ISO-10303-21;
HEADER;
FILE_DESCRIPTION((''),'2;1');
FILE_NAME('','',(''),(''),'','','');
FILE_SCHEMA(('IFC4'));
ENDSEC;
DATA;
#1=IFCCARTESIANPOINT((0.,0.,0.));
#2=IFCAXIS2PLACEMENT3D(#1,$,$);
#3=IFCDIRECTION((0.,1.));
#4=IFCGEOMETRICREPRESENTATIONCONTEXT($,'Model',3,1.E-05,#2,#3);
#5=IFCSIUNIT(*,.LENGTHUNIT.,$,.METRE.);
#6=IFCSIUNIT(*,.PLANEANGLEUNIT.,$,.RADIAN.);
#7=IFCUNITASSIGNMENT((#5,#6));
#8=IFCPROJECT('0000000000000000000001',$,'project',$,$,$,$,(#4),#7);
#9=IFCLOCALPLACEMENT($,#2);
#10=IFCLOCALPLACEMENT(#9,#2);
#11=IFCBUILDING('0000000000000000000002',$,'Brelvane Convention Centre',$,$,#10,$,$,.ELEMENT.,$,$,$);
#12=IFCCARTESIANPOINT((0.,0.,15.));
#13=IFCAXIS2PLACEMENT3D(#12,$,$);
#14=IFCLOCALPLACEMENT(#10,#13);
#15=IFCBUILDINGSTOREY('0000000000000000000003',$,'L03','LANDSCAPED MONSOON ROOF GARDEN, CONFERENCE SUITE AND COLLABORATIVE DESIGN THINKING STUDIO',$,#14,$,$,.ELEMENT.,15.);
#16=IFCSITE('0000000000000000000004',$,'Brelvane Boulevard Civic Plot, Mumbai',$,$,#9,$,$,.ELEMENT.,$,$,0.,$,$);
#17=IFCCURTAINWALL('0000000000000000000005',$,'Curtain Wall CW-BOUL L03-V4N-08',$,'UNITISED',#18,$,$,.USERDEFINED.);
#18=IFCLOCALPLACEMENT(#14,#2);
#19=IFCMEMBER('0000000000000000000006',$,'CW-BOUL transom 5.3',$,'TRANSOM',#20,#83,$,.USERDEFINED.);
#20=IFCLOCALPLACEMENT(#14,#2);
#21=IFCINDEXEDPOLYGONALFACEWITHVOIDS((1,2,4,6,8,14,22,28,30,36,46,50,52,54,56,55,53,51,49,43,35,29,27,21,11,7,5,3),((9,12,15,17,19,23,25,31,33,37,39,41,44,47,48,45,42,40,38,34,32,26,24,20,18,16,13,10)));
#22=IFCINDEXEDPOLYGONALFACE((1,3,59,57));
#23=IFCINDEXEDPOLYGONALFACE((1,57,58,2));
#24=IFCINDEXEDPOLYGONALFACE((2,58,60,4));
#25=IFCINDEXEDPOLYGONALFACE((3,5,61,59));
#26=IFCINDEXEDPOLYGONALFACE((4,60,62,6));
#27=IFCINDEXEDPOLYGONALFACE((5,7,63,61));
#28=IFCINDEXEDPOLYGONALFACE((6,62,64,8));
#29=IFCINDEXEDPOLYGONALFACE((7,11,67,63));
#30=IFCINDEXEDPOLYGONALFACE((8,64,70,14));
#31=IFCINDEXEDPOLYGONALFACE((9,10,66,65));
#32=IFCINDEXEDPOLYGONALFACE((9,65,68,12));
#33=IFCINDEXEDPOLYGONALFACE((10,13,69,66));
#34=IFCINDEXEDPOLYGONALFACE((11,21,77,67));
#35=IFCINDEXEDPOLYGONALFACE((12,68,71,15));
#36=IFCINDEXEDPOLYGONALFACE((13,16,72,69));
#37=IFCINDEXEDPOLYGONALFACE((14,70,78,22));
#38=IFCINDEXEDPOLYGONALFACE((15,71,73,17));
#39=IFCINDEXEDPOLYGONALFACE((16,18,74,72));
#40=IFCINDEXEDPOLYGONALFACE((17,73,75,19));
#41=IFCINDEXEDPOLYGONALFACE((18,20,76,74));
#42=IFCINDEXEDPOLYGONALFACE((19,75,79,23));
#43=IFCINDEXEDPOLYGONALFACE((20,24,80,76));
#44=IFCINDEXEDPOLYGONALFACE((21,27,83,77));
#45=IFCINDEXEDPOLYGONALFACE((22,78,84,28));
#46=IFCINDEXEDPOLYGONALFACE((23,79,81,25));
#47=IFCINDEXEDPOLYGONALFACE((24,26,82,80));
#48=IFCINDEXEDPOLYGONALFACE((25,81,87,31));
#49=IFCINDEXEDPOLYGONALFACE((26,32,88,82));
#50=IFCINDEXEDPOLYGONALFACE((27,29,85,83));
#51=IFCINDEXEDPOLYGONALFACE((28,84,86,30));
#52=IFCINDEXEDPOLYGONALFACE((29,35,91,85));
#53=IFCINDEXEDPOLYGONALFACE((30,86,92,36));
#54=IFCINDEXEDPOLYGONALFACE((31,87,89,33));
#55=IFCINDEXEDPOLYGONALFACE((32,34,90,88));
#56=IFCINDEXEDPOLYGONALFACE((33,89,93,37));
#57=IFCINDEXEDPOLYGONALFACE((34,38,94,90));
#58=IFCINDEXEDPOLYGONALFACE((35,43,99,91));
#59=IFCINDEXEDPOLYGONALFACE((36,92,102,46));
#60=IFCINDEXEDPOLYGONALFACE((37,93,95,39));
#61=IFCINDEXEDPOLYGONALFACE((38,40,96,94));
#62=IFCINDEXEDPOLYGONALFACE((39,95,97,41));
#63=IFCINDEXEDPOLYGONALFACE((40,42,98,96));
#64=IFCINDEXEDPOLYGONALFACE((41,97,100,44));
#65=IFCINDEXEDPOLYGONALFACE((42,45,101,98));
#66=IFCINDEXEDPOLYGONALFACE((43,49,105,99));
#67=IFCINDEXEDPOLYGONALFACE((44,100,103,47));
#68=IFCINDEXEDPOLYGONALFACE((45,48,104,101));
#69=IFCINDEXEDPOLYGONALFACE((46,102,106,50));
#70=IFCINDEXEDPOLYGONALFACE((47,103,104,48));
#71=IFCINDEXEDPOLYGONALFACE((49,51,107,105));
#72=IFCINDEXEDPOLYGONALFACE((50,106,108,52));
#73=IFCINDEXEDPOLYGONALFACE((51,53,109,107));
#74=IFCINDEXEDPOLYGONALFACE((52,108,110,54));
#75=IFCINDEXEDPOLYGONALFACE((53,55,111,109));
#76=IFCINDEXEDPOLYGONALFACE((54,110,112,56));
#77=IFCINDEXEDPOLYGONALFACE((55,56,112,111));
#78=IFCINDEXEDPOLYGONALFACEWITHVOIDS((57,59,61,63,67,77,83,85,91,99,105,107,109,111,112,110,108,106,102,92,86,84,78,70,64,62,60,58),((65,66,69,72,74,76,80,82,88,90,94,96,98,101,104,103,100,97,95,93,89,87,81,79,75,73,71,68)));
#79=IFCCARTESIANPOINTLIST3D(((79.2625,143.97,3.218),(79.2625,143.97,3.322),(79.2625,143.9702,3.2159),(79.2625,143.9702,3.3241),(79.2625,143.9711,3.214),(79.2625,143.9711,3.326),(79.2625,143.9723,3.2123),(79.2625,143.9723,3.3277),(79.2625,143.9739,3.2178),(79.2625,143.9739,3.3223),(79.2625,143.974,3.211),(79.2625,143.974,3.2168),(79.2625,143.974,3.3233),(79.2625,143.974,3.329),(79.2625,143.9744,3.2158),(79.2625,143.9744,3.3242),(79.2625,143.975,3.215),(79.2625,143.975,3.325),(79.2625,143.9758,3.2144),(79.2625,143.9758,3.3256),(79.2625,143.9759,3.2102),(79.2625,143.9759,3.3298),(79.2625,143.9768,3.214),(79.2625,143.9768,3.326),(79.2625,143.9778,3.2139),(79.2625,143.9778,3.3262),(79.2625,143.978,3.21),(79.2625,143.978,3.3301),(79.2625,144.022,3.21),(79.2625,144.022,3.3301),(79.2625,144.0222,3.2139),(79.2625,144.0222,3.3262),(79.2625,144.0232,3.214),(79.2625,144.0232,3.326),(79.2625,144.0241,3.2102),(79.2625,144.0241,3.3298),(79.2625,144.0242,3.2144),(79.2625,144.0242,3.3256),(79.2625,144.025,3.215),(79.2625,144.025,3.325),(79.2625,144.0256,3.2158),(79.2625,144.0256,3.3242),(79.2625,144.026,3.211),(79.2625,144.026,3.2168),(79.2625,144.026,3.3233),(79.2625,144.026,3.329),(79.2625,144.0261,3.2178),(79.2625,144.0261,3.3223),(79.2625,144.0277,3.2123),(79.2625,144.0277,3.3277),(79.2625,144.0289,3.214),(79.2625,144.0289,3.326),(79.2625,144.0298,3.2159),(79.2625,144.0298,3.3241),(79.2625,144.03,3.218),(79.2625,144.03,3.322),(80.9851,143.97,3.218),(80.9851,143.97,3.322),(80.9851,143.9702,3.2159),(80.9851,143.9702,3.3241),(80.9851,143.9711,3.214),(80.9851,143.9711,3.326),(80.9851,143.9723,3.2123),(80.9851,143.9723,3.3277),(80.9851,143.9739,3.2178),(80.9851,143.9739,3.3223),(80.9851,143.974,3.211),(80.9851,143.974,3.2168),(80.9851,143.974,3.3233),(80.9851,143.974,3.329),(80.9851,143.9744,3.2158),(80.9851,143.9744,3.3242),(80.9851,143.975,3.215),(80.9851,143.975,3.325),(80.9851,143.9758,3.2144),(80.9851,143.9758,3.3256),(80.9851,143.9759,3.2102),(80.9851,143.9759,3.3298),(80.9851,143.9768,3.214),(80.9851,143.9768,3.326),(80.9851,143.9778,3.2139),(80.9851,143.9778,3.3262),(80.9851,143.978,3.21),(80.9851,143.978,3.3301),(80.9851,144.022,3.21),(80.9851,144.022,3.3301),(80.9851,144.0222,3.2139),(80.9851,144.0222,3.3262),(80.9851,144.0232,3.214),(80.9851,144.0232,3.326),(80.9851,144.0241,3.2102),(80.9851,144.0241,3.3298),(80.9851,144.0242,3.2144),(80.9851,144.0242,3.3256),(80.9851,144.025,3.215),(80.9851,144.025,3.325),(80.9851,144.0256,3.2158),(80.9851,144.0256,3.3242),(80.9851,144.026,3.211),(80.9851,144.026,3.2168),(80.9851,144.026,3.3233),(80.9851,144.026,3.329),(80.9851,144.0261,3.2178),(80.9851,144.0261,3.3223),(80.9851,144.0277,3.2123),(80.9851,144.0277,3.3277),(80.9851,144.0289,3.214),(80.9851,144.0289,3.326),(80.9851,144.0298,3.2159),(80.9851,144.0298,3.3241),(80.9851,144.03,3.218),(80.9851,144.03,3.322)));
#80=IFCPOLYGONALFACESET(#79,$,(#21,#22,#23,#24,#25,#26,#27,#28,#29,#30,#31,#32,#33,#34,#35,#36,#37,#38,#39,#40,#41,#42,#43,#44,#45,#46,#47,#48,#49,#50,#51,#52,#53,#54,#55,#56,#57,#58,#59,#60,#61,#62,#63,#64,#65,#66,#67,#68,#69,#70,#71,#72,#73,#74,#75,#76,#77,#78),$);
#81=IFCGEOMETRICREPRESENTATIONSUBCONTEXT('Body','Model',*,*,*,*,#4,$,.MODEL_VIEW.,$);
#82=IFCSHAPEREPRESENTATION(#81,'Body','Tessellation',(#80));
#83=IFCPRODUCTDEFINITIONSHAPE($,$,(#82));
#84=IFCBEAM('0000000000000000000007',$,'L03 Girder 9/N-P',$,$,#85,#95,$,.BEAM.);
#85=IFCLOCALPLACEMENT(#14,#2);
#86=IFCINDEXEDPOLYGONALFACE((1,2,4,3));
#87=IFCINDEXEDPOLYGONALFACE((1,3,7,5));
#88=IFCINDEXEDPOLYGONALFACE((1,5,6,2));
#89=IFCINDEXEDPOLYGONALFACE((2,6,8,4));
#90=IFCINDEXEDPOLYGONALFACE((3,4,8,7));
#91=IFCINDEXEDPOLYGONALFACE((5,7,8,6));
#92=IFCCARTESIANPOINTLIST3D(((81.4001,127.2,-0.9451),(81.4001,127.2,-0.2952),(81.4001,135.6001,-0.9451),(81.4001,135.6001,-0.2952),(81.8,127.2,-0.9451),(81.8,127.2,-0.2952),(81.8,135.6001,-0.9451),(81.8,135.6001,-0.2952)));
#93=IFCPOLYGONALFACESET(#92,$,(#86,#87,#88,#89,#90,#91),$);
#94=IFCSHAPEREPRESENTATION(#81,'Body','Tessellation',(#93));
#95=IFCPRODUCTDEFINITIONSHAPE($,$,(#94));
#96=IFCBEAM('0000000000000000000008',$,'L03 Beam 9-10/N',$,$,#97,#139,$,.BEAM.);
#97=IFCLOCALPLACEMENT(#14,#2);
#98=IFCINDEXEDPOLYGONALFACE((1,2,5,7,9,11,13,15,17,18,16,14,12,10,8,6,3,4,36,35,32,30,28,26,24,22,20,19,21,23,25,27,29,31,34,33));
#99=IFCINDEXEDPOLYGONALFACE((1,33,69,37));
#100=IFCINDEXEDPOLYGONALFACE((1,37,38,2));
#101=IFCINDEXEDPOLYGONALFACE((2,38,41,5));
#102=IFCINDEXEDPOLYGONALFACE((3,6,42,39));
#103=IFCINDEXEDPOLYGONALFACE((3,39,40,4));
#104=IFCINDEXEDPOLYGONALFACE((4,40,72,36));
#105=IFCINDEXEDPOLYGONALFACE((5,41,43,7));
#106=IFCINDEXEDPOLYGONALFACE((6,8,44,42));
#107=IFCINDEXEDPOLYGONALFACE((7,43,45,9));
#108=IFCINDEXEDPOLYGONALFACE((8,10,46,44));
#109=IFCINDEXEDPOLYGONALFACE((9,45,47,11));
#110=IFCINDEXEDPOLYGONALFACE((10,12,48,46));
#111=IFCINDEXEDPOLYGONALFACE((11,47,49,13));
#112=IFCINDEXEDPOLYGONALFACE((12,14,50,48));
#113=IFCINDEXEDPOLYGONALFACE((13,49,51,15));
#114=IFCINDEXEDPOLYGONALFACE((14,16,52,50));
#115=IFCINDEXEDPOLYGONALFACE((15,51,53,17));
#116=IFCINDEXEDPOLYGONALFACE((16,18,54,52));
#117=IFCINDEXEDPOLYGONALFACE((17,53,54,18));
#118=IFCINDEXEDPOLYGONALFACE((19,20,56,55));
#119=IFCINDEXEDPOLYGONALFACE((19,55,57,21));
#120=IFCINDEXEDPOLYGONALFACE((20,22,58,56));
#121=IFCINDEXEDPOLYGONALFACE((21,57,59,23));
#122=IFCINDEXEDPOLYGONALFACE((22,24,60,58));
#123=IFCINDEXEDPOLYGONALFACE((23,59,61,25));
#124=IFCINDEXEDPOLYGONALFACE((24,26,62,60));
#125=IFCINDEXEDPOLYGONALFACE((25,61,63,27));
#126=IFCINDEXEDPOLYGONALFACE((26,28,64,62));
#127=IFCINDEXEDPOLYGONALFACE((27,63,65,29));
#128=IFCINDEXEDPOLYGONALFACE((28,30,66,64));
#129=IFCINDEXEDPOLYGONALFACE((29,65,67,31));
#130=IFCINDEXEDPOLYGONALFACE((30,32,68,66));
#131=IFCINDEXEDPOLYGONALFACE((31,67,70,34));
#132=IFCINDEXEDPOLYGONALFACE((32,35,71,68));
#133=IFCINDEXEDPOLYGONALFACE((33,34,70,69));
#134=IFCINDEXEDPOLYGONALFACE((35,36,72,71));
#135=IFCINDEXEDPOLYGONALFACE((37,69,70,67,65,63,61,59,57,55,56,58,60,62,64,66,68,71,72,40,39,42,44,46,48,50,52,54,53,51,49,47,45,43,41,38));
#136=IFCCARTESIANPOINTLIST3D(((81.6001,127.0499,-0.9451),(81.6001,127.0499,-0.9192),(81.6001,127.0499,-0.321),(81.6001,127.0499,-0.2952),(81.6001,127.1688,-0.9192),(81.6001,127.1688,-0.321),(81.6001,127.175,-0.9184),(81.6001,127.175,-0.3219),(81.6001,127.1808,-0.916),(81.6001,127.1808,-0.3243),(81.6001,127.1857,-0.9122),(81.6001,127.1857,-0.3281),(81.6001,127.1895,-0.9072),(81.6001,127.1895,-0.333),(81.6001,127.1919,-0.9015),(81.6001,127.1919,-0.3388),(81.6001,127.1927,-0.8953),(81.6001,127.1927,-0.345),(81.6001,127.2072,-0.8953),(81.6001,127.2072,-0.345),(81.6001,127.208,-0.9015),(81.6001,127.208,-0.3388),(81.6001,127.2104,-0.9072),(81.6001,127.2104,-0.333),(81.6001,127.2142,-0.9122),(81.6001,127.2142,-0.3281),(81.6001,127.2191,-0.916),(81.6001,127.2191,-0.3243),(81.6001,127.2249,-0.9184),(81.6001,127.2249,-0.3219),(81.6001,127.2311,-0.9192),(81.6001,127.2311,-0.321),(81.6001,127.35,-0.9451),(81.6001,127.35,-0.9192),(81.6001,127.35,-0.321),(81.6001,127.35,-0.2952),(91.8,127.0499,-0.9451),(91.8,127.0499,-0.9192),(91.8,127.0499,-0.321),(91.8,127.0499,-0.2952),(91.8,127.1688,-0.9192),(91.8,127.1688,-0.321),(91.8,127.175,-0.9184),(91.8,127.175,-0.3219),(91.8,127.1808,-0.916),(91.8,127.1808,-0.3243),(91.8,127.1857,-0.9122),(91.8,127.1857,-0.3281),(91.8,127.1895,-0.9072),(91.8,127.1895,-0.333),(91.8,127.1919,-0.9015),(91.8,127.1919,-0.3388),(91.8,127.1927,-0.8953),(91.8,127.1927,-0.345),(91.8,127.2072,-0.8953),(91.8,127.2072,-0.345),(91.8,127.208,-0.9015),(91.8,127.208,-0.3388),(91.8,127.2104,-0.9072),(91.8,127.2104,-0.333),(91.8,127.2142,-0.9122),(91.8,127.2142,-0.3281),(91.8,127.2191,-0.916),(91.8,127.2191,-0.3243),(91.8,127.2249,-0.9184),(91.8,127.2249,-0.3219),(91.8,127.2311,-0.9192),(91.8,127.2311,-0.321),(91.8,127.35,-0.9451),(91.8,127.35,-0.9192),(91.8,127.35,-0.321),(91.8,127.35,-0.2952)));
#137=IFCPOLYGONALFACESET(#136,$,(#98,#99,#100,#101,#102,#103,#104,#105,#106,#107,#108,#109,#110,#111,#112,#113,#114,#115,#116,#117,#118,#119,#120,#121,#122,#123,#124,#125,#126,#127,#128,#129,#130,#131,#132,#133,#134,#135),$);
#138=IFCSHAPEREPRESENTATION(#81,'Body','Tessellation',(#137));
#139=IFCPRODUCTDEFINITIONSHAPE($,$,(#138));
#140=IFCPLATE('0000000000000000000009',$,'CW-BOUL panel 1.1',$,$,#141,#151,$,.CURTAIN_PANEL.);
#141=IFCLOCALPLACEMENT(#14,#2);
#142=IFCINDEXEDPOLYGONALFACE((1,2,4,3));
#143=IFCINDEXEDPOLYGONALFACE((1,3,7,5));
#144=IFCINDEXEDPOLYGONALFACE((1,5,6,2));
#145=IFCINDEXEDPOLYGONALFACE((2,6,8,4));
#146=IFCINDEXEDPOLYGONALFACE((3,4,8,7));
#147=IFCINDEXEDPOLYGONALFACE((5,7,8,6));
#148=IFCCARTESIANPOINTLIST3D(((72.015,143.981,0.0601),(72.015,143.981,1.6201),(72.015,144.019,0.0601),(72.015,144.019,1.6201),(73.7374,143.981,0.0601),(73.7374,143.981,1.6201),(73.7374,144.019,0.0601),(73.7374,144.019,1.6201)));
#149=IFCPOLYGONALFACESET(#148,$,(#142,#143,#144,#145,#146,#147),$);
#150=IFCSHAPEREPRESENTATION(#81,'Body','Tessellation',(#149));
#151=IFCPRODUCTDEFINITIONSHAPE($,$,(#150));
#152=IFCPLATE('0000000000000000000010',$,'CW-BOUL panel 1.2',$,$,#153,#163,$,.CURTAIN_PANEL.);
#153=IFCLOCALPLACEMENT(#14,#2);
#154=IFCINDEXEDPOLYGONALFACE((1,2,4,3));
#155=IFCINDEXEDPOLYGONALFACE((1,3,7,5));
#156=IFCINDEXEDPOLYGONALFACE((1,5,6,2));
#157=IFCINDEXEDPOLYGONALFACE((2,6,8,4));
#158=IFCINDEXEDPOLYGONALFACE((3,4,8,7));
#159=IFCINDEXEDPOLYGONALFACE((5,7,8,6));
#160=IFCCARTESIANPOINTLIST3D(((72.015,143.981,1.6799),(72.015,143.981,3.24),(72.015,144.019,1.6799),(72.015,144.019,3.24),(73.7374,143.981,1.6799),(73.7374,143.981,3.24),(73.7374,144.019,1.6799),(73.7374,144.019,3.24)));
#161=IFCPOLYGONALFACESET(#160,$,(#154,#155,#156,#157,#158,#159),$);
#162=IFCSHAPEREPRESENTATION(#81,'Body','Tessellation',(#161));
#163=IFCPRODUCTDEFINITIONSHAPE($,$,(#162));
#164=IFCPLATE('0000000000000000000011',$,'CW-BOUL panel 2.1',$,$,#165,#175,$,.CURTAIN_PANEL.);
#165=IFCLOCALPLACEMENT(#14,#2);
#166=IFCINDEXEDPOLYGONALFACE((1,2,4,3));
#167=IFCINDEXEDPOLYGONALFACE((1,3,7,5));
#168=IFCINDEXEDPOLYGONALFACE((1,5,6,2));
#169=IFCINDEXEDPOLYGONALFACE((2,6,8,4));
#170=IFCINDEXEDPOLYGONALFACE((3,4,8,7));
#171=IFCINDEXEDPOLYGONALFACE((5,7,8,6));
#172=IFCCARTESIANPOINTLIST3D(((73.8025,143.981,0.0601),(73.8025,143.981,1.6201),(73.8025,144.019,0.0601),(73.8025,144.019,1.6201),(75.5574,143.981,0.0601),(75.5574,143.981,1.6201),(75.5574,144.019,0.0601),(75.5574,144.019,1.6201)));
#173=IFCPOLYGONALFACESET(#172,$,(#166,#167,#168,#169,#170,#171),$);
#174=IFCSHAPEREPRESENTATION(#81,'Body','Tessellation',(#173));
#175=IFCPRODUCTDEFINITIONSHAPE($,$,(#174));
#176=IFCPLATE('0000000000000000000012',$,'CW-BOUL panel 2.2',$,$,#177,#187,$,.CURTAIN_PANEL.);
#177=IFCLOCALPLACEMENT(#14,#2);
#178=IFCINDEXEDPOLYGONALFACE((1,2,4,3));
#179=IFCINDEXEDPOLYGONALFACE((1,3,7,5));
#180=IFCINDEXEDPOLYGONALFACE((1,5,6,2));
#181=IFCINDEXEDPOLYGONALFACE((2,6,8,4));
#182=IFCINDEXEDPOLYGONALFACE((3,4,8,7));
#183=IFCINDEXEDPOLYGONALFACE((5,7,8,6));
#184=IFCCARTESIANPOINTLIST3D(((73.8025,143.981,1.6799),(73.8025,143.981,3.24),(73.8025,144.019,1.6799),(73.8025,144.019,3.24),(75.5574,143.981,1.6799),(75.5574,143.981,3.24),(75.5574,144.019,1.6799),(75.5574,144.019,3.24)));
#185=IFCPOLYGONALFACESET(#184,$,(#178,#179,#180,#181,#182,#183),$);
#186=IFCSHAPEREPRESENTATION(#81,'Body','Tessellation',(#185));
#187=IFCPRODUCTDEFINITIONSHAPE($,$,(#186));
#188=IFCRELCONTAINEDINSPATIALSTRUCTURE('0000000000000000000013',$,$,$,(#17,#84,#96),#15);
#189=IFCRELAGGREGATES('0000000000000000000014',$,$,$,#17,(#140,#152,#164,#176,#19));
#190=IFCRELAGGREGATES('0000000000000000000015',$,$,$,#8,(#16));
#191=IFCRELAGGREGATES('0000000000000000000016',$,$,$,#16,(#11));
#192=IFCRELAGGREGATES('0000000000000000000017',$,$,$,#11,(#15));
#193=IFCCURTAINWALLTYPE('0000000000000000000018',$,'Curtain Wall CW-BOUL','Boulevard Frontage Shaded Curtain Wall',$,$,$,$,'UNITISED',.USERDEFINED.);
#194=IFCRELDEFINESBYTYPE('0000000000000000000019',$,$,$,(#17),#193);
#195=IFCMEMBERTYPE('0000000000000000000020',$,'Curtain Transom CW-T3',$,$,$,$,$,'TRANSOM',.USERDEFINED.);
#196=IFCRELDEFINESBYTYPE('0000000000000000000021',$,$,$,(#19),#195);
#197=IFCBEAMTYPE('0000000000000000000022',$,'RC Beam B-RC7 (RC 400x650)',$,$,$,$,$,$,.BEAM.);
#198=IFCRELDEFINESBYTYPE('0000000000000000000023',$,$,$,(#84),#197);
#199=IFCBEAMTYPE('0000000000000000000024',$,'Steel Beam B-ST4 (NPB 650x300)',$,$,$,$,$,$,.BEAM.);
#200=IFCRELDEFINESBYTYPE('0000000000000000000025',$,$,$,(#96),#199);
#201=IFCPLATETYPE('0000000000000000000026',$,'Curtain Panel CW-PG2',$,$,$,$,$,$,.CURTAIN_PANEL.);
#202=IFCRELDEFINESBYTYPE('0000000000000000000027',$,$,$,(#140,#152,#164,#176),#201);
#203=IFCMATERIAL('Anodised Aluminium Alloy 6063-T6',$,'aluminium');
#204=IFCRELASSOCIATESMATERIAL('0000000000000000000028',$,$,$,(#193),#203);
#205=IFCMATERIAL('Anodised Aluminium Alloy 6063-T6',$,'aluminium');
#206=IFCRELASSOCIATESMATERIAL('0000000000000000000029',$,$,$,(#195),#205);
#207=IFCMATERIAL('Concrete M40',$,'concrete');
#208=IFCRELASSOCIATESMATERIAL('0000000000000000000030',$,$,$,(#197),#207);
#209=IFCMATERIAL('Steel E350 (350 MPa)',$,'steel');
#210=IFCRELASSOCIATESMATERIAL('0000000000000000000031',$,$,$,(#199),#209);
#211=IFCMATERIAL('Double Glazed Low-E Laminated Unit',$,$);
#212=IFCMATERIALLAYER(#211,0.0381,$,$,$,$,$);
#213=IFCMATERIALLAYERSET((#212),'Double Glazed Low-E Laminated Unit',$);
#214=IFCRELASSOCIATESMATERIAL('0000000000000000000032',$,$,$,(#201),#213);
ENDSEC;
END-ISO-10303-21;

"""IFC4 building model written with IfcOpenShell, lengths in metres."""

from ifc_helpers import new_model, si_unit, direction, frame, origin, origin_2d, place, context, subcontext, project, spatial, rectangle, hollow_rectangle, i_section, extrude, material, layer, layer_set, material_profile, profile_set, type_object, element, aggregate, save


model = new_model("IFC4")

# Units and contexts
model_context = context("Model", 3, precision=1e-05, world=origin(), true_north=direction((0.0, 1.0)))
body_context = subcontext(model_context, "Body", "Model", "MODEL_VIEW")
ifc_project = project(units=[si_unit("LENGTHUNIT", "METRE"), si_unit("PLANEANGLEUNIT", "RADIAN")], contexts=[model_context])

# Site, building, storey
site_placement = place(None, origin())
site = spatial("IfcSite", under=ifc_project, at=site_placement, Name="Brelvane Boulevard Civic Plot, Mumbai", CompositionType="ELEMENT", RefElevation=0.0)
building_placement = place(site_placement, origin())
building = spatial("IfcBuilding", under=site, at=building_placement, Name="Brelvane Convention Centre", CompositionType="ELEMENT")
storey_placement = place(building_placement, frame((0.0, 0.0, 15.0)))
storey = spatial("IfcBuildingStorey", under=building, at=storey_placement, Name="L03", Description="LANDSCAPED MONSOON ROOF GARDEN, CONFERENCE SUITE AND COLLABORATIVE DESIGN THINKING STUDIO", CompositionType="ELEMENT", Elevation=15.0)

# Curtain wall, member
ifc_material_1 = material(Name="Anodised Aluminium Alloy 6063-T6", Category="aluminium")
curtain_wall_type = type_object("IfcCurtainWallType", Name="Curtain Wall CW-BOUL", Description="Boulevard Frontage Shaded Curtain Wall", ElementType="UNITISED", PredefinedType="USERDEFINED", material=ifc_material_1)
curtain_wall_placement = place(storey_placement, origin())
curtain_wall = element("IfcCurtainWall", 1, at=curtain_wall_placement, inside=storey, type_object=curtain_wall_type, Name="Curtain Wall CW-BOUL L03-V4N-08", ObjectType="UNITISED", PredefinedType="USERDEFINED")
ifc_material_2 = material(Name="Anodised Aluminium Alloy 6063-T6", Category="aluminium")
ifc_material_profile_1 = material_profile(ifc_material_2, hollow_rectangle(XDim=0.0601, YDim=0.1201, WallThickness=0.0039, InnerFilletRadius=0.0039, OuterFilletRadius=0.0081, at=origin_2d()), Name="ALU-T 120x60x4.0")
ifc_profile_set_1 = profile_set([ifc_material_profile_1], Name="Anodised Aluminium Alloy 6063-T6")
member_type_1 = type_object("IfcMemberType", Name="Curtain Transom CW-T3", ElementType="TRANSOM", PredefinedType="USERDEFINED", material=ifc_profile_set_1)
member_1_placement = place(storey_placement, frame((79.2625, 144.0, 3.27), z_axis=(1.0, 0.0, 0.0), x_axis=(0.0, 1.0, 0.0)))
member_1 = element("IfcMember", 2, at=member_1_placement, type_object=member_type_1, Name="CW-BOUL transom 5.3", ObjectType="TRANSOM", PredefinedType="USERDEFINED", context=body_context, shape_type="SweptSolid", body=[
    extrude(hollow_rectangle(XDim=0.0601, YDim=0.1201, WallThickness=0.0039, InnerFilletRadius=0.0039, OuterFilletRadius=0.0081, at=origin_2d()), origin(), (0.0, 0.0, 1.0), 1.7227),
])

# Beams
ifc_material_3 = material(Name="Concrete M40", Category="concrete")
ifc_material_profile_2 = material_profile(ifc_material_3, rectangle(XDim=0.3999, YDim=0.6499, at=origin_2d()), Name="RC 400x650")
ifc_profile_set_2 = profile_set([ifc_material_profile_2], Name="Concrete M40")
beam_type_1 = type_object("IfcBeamType", Name="RC Beam B-RC7 (RC 400x650)", PredefinedType="BEAM", material=ifc_profile_set_2)
beam_1_placement = place(storey_placement, frame((81.6001, 127.2, -0.6201), z_axis=(0.0, 1.0, 0.0), x_axis=(-1.0, 0.0, 0.0)))
element("IfcBeam", 3, at=beam_1_placement, inside=storey, type_object=beam_type_1, Name="L03 Girder 9/N-P", PredefinedType="BEAM", context=body_context, shape_type="SweptSolid", body=[
    extrude(rectangle(XDim=0.3999, YDim=0.6499, at=origin_2d()), origin(), (0.0, 0.0, 1.0), 8.4001),
])
ifc_material_4 = material(Name="Steel E350 (350 MPa)", Category="steel")
ifc_material_profile_3 = material_profile(ifc_material_4, i_section(OverallWidth=0.3, OverallDepth=0.6499, WebThickness=0.0144, FlangeThickness=0.0259, FilletRadius=0.0239, at=origin_2d()), Name="NPB 650x300")
ifc_profile_set_3 = profile_set([ifc_material_profile_3], Name="Steel E350 (350 MPa)")
beam_type_2 = type_object("IfcBeamType", Name="Steel Beam B-ST4 (NPB 650x300)", PredefinedType="BEAM", material=ifc_profile_set_3)
beam_2_placement = place(storey_placement, frame((81.6001, 127.2, -0.6201), z_axis=(1.0, 0.0, 0.0), x_axis=(0.0, 1.0, 0.0)))
element("IfcBeam", 4, at=beam_2_placement, inside=storey, type_object=beam_type_2, Name="L03 Beam 9-10/N", PredefinedType="BEAM", context=body_context, shape_type="SweptSolid", body=[
    extrude(i_section(OverallWidth=0.3, OverallDepth=0.6499, WebThickness=0.0144, FlangeThickness=0.0259, FilletRadius=0.0239, at=origin_2d()), origin(), (0.0, 0.0, 1.0), 10.2),
])

# Plates
ifc_material_5 = material(Name="Double Glazed Low-E Laminated Unit")
ifc_layer_1 = layer(ifc_material_5, 0.0381)
ifc_layer_set_1 = layer_set([ifc_layer_1], Name="Double Glazed Low-E Laminated Unit")
plate_type_1 = type_object("IfcPlateType", Name="Curtain Panel CW-PG2", PredefinedType="CURTAIN_PANEL", material=ifc_layer_set_1)
plate_1_placement = place(storey_placement, frame((72.8762, 144.0, 0.0601), z_axis=(0.0, 0.0, 1.0), x_axis=(1.0, 0.0, 0.0)))
plate_1 = element("IfcPlate", 5, at=plate_1_placement, type_object=plate_type_1, Name="CW-BOUL panel 1.1", PredefinedType="CURTAIN_PANEL", context=body_context, shape_type="SweptSolid", body=[
    extrude(rectangle(XDim=1.7224, YDim=0.0381, at=origin_2d()), origin(), (0.0, 0.0, 1.0), 1.5601),
])
plate_2_placement = place(storey_placement, frame((72.8762, 144.0, 1.6799), z_axis=(0.0, 0.0, 1.0), x_axis=(1.0, 0.0, 0.0)))
plate_2 = element("IfcPlate", 6, at=plate_2_placement, type_object=plate_type_1, Name="CW-BOUL panel 1.2", PredefinedType="CURTAIN_PANEL", context=body_context, shape_type="SweptSolid", body=[
    extrude(rectangle(XDim=1.7224, YDim=0.0381, at=origin_2d()), origin(), (0.0, 0.0, 1.0), 1.5601),
])
plate_3_placement = place(storey_placement, frame((74.6799, 144.0, 0.0601), z_axis=(0.0, 0.0, 1.0), x_axis=(1.0, 0.0, 0.0)))
plate_3 = element("IfcPlate", 7, at=plate_3_placement, type_object=plate_type_1, Name="CW-BOUL panel 2.1", PredefinedType="CURTAIN_PANEL", context=body_context, shape_type="SweptSolid", body=[
    extrude(rectangle(XDim=1.7549, YDim=0.0381, at=origin_2d()), origin(), (0.0, 0.0, 1.0), 1.5601),
])
plate_4_placement = place(storey_placement, frame((74.6799, 144.0, 1.6799), z_axis=(0.0, 0.0, 1.0), x_axis=(1.0, 0.0, 0.0)))
plate_4 = element("IfcPlate", 8, at=plate_4_placement, type_object=plate_type_1, Name="CW-BOUL panel 2.2", PredefinedType="CURTAIN_PANEL", context=body_context, shape_type="SweptSolid", body=[
    extrude(rectangle(XDim=1.7549, YDim=0.0381, at=origin_2d()), origin(), (0.0, 0.0, 1.0), 1.5601),
])
aggregate(curtain_wall, [plate_1, plate_2, plate_3, plate_4, member_1])

save(model, "model.ifc")
